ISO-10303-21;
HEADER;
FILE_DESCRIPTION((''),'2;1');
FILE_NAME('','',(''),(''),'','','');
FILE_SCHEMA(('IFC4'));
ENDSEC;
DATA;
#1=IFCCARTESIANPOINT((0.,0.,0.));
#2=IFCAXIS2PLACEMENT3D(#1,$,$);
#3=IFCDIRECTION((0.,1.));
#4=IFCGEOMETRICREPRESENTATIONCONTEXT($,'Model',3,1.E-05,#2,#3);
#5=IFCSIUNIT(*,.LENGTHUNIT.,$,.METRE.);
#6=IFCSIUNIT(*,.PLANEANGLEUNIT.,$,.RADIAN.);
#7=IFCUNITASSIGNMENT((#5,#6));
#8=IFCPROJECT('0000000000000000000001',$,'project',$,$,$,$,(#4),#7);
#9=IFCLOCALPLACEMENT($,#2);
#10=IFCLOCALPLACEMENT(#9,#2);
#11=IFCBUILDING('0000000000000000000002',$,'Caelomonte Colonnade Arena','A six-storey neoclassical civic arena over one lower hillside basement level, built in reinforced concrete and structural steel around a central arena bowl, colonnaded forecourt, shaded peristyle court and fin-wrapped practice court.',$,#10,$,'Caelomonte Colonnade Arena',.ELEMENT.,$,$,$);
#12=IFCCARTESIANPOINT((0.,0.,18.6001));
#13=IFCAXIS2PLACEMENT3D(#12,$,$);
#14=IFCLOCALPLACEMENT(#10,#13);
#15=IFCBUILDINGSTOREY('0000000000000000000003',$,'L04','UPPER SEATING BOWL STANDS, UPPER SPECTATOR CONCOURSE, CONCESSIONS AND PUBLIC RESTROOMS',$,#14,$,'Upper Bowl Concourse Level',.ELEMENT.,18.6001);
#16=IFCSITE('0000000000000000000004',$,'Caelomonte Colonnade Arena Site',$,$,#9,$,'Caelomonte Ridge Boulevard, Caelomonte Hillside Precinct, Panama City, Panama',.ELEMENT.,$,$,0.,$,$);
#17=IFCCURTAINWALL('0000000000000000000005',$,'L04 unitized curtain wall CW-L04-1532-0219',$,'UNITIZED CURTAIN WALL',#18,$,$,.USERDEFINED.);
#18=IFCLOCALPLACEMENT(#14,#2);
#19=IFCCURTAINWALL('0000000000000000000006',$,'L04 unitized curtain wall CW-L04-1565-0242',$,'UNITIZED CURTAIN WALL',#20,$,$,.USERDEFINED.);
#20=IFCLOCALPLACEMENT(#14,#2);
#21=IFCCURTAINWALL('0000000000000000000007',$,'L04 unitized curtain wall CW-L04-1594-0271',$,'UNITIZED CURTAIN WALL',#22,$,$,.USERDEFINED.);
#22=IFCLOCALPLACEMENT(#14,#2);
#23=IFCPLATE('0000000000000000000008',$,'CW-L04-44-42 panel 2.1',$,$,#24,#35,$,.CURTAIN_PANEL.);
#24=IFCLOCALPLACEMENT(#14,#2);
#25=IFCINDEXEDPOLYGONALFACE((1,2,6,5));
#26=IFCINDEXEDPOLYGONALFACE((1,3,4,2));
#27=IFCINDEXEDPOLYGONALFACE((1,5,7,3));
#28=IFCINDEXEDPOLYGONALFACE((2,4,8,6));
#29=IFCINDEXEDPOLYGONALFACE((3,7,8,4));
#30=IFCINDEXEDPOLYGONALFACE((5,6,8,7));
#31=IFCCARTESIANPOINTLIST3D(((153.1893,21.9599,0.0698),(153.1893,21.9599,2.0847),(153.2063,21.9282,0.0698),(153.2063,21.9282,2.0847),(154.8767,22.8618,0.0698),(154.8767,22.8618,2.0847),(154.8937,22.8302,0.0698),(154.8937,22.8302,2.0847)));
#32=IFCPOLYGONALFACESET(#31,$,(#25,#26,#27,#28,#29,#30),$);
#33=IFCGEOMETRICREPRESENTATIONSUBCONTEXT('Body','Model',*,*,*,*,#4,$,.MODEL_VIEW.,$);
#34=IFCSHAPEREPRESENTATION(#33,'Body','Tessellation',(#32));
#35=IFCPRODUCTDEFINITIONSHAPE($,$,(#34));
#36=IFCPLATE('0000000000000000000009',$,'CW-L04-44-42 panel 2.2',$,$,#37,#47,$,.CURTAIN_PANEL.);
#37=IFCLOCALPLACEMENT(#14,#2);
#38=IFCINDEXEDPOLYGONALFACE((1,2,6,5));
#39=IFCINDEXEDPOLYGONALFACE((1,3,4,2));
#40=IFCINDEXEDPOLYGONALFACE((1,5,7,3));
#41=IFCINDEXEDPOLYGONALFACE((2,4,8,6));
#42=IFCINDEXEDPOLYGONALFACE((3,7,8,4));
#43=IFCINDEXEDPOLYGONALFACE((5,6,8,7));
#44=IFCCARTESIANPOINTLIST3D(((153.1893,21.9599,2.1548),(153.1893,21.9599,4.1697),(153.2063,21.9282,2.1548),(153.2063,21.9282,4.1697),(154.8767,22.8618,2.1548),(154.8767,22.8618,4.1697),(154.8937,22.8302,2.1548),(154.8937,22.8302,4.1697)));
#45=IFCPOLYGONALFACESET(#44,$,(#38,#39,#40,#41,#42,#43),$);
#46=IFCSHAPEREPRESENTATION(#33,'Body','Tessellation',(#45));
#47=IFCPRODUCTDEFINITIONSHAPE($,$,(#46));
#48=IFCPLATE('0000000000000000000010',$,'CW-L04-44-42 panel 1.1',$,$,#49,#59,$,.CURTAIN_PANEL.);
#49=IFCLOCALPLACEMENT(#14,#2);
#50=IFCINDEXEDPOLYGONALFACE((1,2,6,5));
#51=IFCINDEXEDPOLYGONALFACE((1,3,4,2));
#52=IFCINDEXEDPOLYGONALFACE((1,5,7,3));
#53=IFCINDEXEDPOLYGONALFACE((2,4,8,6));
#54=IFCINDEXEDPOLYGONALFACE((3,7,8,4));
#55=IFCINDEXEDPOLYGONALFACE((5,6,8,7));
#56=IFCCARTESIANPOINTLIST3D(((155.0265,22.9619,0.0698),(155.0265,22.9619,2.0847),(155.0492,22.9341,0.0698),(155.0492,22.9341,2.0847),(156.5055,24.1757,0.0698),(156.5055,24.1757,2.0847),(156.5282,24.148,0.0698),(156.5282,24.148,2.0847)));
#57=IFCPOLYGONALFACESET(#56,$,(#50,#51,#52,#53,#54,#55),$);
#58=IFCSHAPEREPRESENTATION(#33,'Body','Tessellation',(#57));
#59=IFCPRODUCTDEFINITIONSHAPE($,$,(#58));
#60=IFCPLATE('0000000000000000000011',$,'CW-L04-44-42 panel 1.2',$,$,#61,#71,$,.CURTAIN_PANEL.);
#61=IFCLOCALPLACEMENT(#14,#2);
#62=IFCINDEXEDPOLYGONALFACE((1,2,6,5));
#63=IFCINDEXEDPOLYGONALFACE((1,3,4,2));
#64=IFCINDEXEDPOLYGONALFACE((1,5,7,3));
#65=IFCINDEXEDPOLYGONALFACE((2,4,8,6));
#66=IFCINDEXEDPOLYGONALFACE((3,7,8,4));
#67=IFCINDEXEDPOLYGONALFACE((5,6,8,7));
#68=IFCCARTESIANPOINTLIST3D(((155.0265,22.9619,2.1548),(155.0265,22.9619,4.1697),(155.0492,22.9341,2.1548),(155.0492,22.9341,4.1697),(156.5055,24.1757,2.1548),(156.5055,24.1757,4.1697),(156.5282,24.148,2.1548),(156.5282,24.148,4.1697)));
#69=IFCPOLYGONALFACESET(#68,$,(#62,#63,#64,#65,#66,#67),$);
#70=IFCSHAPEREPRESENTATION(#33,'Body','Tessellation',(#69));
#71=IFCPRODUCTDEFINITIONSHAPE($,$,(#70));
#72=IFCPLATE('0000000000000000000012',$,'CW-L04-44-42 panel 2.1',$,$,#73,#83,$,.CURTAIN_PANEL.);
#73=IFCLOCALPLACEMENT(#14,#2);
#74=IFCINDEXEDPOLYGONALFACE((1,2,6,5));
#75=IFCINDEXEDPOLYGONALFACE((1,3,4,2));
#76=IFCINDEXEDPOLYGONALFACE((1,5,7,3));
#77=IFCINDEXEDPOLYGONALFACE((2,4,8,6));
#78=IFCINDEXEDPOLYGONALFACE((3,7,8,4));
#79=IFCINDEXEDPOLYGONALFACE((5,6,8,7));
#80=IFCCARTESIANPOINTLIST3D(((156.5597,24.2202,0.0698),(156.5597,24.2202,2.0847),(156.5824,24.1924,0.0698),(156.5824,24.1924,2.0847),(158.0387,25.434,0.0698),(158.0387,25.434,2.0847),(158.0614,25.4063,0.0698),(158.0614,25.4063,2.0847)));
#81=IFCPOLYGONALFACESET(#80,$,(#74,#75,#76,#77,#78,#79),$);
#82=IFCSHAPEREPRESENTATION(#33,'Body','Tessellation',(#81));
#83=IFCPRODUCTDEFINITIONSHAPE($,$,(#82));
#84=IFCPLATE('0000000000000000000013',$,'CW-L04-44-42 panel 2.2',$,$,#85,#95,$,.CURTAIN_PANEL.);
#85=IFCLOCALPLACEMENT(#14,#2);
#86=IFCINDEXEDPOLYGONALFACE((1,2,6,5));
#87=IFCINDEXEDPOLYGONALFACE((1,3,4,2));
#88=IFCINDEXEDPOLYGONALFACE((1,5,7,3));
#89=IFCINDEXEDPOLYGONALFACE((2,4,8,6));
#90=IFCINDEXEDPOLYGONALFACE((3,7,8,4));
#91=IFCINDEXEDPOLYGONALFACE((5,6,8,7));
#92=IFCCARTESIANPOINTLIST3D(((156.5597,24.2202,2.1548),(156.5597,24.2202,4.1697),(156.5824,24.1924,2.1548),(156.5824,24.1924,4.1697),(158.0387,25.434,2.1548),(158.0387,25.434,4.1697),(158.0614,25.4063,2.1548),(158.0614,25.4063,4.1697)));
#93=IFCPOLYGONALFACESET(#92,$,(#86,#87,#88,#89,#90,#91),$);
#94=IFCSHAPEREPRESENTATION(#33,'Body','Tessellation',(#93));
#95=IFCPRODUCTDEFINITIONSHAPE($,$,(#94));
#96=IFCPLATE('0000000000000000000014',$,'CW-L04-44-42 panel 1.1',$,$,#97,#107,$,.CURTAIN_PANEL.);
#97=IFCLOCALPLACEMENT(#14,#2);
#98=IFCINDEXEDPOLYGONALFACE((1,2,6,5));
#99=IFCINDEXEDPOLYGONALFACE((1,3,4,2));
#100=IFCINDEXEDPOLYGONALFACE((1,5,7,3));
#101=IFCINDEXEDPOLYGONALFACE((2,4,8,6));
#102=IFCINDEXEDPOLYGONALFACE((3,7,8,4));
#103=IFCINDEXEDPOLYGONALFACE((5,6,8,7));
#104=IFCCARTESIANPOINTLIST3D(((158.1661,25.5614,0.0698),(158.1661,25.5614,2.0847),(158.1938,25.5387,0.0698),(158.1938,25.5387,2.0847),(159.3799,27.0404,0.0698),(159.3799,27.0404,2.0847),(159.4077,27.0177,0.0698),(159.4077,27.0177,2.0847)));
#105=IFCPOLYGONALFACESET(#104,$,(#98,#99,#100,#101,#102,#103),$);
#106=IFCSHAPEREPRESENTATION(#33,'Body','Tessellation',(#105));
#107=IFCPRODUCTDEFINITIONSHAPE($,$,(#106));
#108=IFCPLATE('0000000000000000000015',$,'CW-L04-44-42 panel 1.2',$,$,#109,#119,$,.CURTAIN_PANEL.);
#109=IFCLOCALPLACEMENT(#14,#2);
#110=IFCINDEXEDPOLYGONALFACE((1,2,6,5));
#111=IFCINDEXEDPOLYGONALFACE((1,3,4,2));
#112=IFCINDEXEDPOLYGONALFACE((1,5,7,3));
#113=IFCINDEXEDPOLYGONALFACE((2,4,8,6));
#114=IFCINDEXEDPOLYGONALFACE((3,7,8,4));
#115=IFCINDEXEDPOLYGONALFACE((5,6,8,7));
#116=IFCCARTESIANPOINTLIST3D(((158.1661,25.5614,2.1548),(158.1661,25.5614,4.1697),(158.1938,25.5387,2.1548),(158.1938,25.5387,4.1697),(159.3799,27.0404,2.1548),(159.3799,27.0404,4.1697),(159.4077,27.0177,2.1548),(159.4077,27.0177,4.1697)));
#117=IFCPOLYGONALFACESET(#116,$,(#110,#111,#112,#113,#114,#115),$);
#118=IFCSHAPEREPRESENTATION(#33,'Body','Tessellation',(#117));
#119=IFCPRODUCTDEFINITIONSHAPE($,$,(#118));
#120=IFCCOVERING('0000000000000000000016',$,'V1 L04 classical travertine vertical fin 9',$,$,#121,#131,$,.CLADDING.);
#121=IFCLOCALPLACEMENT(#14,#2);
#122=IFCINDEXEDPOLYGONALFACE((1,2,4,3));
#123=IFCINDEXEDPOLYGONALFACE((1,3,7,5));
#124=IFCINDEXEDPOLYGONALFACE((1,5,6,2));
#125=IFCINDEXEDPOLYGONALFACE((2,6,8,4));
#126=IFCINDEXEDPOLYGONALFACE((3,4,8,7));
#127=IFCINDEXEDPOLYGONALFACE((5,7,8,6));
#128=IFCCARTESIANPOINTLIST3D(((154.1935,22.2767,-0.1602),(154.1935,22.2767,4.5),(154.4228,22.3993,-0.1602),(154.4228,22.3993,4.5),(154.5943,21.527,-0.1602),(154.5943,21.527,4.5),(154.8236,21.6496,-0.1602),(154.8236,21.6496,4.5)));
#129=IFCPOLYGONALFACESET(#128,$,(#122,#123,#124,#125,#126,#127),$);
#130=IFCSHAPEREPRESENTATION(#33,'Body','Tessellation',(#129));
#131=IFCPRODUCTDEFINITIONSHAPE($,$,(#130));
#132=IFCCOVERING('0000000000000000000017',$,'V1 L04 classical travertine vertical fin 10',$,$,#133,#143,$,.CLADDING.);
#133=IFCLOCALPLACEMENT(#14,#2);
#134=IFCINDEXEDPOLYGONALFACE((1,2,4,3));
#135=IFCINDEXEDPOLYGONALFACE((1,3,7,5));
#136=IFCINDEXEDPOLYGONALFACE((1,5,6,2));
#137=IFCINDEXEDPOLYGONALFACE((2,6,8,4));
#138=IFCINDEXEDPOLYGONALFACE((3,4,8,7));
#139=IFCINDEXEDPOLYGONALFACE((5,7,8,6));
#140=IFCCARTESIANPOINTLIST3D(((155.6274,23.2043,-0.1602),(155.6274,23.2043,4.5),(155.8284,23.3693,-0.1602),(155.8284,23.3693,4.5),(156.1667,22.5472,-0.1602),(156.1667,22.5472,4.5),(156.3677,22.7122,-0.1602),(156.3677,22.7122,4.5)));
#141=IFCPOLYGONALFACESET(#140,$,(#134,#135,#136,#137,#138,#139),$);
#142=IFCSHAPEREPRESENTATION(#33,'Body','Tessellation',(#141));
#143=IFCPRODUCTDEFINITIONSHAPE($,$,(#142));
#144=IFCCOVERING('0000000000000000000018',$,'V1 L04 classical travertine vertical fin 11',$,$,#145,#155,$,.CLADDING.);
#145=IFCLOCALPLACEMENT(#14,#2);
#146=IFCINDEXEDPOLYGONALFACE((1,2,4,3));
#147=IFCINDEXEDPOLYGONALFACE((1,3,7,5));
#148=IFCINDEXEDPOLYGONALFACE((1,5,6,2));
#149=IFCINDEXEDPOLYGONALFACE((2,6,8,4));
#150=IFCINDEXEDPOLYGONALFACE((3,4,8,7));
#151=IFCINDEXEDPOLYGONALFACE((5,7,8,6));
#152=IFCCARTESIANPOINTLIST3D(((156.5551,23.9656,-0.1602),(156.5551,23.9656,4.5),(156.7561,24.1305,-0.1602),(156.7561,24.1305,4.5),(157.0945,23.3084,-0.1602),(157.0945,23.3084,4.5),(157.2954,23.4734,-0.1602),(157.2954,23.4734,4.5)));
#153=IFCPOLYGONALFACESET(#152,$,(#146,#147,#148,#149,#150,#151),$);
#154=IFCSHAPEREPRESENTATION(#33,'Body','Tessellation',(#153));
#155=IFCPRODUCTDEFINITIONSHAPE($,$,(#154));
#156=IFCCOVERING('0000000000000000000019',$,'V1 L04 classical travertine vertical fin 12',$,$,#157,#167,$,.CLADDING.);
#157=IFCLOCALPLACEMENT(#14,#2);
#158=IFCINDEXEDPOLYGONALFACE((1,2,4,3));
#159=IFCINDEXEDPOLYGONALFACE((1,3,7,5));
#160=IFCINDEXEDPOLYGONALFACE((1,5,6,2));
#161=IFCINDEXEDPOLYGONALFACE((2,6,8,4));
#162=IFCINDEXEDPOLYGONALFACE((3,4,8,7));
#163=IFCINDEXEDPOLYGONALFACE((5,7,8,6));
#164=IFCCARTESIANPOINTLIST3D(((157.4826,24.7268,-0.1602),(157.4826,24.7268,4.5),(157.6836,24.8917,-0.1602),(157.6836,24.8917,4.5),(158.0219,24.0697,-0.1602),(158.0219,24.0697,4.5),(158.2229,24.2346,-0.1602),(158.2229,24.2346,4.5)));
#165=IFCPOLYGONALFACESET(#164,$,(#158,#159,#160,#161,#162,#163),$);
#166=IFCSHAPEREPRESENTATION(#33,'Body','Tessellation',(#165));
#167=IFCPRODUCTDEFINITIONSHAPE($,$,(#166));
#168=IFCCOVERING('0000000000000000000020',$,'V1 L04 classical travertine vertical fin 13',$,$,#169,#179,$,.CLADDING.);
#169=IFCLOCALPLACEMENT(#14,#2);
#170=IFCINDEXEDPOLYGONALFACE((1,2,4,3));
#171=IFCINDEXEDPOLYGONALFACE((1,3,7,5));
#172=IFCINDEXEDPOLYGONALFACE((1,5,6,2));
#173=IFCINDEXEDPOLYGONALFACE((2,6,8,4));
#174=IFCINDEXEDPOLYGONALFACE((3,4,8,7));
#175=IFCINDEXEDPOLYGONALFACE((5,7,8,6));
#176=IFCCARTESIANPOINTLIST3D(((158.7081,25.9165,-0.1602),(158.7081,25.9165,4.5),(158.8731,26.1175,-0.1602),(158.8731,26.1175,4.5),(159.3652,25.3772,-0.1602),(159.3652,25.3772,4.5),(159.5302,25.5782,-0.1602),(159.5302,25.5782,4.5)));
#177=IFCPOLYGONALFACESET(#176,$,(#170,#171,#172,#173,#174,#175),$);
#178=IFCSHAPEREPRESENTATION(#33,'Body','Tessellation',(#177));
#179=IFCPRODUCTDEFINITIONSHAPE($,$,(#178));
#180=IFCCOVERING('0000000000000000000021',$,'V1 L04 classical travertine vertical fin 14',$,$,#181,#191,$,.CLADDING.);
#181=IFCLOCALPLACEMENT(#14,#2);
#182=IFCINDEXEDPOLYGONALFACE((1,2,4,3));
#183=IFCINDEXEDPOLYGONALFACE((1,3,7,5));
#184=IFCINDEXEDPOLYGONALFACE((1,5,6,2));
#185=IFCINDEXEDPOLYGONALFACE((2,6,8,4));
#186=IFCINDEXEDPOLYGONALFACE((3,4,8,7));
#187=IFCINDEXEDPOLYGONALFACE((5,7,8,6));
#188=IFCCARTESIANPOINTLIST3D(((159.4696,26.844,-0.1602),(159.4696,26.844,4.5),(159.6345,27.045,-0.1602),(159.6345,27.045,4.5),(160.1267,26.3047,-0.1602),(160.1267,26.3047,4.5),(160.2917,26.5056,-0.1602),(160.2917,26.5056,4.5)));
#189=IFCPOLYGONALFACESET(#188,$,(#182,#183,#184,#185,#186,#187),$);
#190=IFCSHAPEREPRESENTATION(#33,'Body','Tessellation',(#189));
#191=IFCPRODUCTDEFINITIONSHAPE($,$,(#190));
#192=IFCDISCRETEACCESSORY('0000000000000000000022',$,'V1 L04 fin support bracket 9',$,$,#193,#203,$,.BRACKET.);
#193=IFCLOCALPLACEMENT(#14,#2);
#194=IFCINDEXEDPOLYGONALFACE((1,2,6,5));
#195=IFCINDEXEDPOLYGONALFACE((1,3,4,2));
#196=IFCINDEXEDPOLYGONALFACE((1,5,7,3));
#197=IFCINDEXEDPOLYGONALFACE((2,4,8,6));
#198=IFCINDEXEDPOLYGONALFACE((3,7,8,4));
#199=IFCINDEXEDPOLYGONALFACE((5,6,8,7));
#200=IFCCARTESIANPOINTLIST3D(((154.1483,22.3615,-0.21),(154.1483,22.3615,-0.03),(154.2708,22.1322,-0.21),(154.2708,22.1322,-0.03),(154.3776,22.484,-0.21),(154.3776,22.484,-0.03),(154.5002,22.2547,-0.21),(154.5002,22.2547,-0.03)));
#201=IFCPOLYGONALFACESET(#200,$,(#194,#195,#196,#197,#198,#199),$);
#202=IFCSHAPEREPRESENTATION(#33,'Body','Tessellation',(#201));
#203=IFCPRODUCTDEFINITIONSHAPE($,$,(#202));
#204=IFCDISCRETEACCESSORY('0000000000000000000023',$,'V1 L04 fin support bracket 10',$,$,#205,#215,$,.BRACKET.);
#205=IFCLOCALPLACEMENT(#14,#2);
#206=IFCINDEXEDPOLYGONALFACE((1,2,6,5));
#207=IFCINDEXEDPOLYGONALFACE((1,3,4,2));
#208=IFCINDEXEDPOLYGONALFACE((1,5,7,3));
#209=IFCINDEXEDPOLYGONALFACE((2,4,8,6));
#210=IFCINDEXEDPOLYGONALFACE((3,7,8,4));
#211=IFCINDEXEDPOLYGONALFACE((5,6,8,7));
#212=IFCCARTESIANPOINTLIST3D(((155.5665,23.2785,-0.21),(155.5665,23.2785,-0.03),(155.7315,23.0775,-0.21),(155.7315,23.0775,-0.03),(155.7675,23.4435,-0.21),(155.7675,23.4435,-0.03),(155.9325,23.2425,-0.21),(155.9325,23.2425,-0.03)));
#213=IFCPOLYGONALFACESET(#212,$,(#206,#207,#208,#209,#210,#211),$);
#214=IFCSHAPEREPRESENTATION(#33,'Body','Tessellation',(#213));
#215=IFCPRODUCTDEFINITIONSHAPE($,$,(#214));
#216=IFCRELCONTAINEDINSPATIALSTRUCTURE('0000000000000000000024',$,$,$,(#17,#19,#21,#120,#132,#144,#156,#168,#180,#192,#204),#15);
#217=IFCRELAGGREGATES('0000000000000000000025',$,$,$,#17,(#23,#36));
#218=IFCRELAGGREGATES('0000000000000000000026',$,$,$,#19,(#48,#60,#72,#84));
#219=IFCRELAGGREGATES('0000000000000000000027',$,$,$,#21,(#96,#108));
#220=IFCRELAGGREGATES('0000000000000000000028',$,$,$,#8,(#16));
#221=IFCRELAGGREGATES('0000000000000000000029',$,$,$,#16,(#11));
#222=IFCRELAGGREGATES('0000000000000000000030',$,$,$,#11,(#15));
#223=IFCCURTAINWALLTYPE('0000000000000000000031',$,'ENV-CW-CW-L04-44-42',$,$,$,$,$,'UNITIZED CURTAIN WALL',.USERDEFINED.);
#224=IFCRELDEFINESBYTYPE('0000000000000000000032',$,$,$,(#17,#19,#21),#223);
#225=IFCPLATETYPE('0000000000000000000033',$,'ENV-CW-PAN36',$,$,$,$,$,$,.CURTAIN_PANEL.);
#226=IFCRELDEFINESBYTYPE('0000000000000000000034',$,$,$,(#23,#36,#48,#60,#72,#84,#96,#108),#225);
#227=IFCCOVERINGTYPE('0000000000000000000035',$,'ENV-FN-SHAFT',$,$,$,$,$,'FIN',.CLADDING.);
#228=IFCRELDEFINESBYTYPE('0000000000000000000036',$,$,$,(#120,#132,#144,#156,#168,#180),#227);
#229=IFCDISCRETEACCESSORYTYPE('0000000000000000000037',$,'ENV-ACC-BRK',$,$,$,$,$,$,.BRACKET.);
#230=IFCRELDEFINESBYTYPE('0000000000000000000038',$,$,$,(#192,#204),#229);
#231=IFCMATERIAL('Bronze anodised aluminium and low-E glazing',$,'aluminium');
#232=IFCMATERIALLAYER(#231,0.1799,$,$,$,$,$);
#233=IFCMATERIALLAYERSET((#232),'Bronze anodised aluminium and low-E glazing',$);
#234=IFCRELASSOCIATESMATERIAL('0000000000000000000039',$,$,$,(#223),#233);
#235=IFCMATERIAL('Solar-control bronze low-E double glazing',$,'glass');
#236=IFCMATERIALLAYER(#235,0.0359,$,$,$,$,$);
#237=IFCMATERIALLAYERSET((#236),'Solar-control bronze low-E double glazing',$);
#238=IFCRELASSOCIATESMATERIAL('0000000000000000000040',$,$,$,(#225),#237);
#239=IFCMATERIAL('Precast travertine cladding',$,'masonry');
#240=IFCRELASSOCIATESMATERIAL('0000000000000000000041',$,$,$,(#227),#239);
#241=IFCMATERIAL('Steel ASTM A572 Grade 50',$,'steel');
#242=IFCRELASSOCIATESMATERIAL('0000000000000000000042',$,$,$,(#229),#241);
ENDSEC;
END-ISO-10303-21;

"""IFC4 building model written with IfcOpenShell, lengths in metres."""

from ifc_helpers import new_model, si_unit, direction, frame, origin, origin_2d, place, context, subcontext, project, spatial, rectangle, extrude, material, layer, layer_set, material_profile, profile_set, type_object, element, aggregate, save


model = new_model("IFC4")

# Units and contexts
model_context = context("Model", 3, precision=1e-05, world=origin(), true_north=direction((0.0, 1.0)))
body_context = subcontext(model_context, "Body", "Model", "MODEL_VIEW")
ifc_project = project(units=[si_unit("LENGTHUNIT", "METRE"), si_unit("PLANEANGLEUNIT", "RADIAN")], contexts=[model_context])

# Site, building, storey
site_placement = place(None, origin())
site = spatial("IfcSite", under=ifc_project, at=site_placement, Name="Caelomonte Colonnade Arena Site", LongName="Caelomonte Ridge Boulevard, Caelomonte Hillside Precinct, Panama City, Panama", CompositionType="ELEMENT", RefElevation=0.0)
building_placement = place(site_placement, origin())
building = spatial("IfcBuilding", under=site, at=building_placement, Name="Caelomonte Colonnade Arena", Description="A six-storey neoclassical civic arena over one lower hillside basement level, built in reinforced concrete and structural steel around a central arena bowl, colonnaded forecourt, shaded peristyle court and fin-wrapped practice court.", LongName="Caelomonte Colonnade Arena", CompositionType="ELEMENT")
storey_placement = place(building_placement, frame((0.0, 0.0, 18.6001)))
storey = spatial("IfcBuildingStorey", under=building, at=storey_placement, Name="L04", Description="UPPER SEATING BOWL STANDS, UPPER SPECTATOR CONCOURSE, CONCESSIONS AND PUBLIC RESTROOMS", LongName="Upper Bowl Concourse Level", CompositionType="ELEMENT", Elevation=18.6001)

# Curtain wall
ifc_material_1 = material(Name="Bronze anodised aluminium and low-E glazing", Category="aluminium")
ifc_layer_1 = layer(ifc_material_1, 0.1799)
ifc_layer_set_1 = layer_set([ifc_layer_1], Name="Bronze anodised aluminium and low-E glazing")
curtain_wall_type = type_object("IfcCurtainWallType", Name="ENV-CW-CW-L04-44-42", ElementType="UNITIZED CURTAIN WALL", PredefinedType="USERDEFINED", material=ifc_layer_set_1)
curtain_wall_1_placement = place(storey_placement, origin())
curtain_wall_1 = element("IfcCurtainWall", 1, at=curtain_wall_1_placement, inside=storey, type_object=curtain_wall_type, Name="L04 unitized curtain wall CW-L04-1532-0219", ObjectType="UNITIZED CURTAIN WALL", PredefinedType="USERDEFINED")

# Curtain wall
curtain_wall_2_placement = place(storey_placement, origin())
curtain_wall_2 = element("IfcCurtainWall", 2, at=curtain_wall_2_placement, inside=storey, type_object=curtain_wall_type, Name="L04 unitized curtain wall CW-L04-1565-0242", ObjectType="UNITIZED CURTAIN WALL", PredefinedType="USERDEFINED")

# Curtain wall
curtain_wall_3_placement = place(storey_placement, origin())
curtain_wall_3 = element("IfcCurtainWall", 3, at=curtain_wall_3_placement, inside=storey, type_object=curtain_wall_type, Name="L04 unitized curtain wall CW-L04-1594-0271", ObjectType="UNITIZED CURTAIN WALL", PredefinedType="USERDEFINED")

# Plates
ifc_material_2 = material(Name="Solar-control bronze low-E double glazing", Category="glass")
ifc_layer_2 = layer(ifc_material_2, 0.0359)
ifc_layer_set_2 = layer_set([ifc_layer_2], Name="Solar-control bronze low-E double glazing")
plate_type = type_object("IfcPlateType", Name="ENV-CW-PAN36", PredefinedType="CURTAIN_PANEL", material=ifc_layer_set_2)
plate_1_placement = place(storey_placement, frame((154.0415, 22.395, 0.0698), z_axis=(0.0, 0.0, 1.0), x_axis=(0.881923, 0.471394, 0.0)))
plate_1 = element("IfcPlate", 4, at=plate_1_placement, type_object=plate_type, Name="CW-L04-44-42 panel 2.1", PredefinedType="CURTAIN_PANEL", context=body_context, shape_type="SweptSolid", body=[
    extrude(rectangle(XDim=1.9133, YDim=0.0359, at=origin_2d()), origin(), (0.0, 0.0, 1.0), 2.0149),
])
plate_2_placement = place(storey_placement, frame((154.0415, 22.395, 2.1548), z_axis=(0.0, 0.0, 1.0), x_axis=(0.881923, 0.471394, 0.0)))
plate_2 = element("IfcPlate", 5, at=plate_2_placement, type_object=plate_type, Name="CW-L04-44-42 panel 2.2", PredefinedType="CURTAIN_PANEL", context=body_context, shape_type="SweptSolid", body=[
    extrude(rectangle(XDim=1.9133, YDim=0.0359, at=origin_2d()), origin(), (0.0, 0.0, 1.0), 2.0149),
])
aggregate(curtain_wall_1, [plate_1, plate_2])
plate_3_placement = place(storey_placement, frame((155.7773, 23.5549, 0.0698), z_axis=(0.0, 0.0, 1.0), x_axis=(0.772992, 0.634416, 0.0)))
plate_3 = element("IfcPlate", 6, at=plate_3_placement, type_object=plate_type, Name="CW-L04-44-42 panel 1.1", PredefinedType="CURTAIN_PANEL", context=body_context, shape_type="SweptSolid", body=[
    extrude(rectangle(XDim=1.9133, YDim=0.0359, at=origin_2d()), origin(), (0.0, 0.0, 1.0), 2.0149),
])
plate_4_placement = place(storey_placement, frame((155.7773, 23.5549, 2.1548), z_axis=(0.0, 0.0, 1.0), x_axis=(0.772992, 0.634416, 0.0)))
plate_4 = element("IfcPlate", 7, at=plate_4_placement, type_object=plate_type, Name="CW-L04-44-42 panel 1.2", PredefinedType="CURTAIN_PANEL", context=body_context, shape_type="SweptSolid", body=[
    extrude(rectangle(XDim=1.9133, YDim=0.0359, at=origin_2d()), origin(), (0.0, 0.0, 1.0), 2.0149),
])
plate_5_placement = place(storey_placement, frame((157.3105, 24.8132, 0.0698), z_axis=(0.0, 0.0, 1.0), x_axis=(0.772992, 0.634416, 0.0)))
plate_5 = element("IfcPlate", 8, at=plate_5_placement, type_object=plate_type, Name="CW-L04-44-42 panel 2.1", PredefinedType="CURTAIN_PANEL", context=body_context, shape_type="SweptSolid", body=[
    extrude(rectangle(XDim=1.9133, YDim=0.0359, at=origin_2d()), origin(), (0.0, 0.0, 1.0), 2.0149),
])
plate_6_placement = place(storey_placement, frame((157.3105, 24.8132, 2.1548), z_axis=(0.0, 0.0, 1.0), x_axis=(0.772992, 0.634416, 0.0)))
plate_6 = element("IfcPlate", 9, at=plate_6_placement, type_object=plate_type, Name="CW-L04-44-42 panel 2.2", PredefinedType="CURTAIN_PANEL", context=body_context, shape_type="SweptSolid", body=[
    extrude(rectangle(XDim=1.9133, YDim=0.0359, at=origin_2d()), origin(), (0.0, 0.0, 1.0), 2.0149),
])
aggregate(curtain_wall_2, [plate_3, plate_4, plate_5, plate_6])
plate_7_placement = place(storey_placement, frame((158.7869, 26.2896, 0.0698), z_axis=(0.0, 0.0, 1.0), x_axis=(0.634416, 0.772992, 0.0)))
plate_7 = element("IfcPlate", 10, at=plate_7_placement, type_object=plate_type, Name="CW-L04-44-42 panel 1.1", PredefinedType="CURTAIN_PANEL", context=body_context, shape_type="SweptSolid", body=[
    extrude(rectangle(XDim=1.9133, YDim=0.0359, at=origin_2d()), origin(), (0.0, 0.0, 1.0), 2.0149),
])
plate_8_placement = place(storey_placement, frame((158.7869, 26.2896, 2.1548), z_axis=(0.0, 0.0, 1.0), x_axis=(0.634416, 0.772992, 0.0)))
plate_8 = element("IfcPlate", 11, at=plate_8_placement, type_object=plate_type, Name="CW-L04-44-42 panel 1.2", PredefinedType="CURTAIN_PANEL", context=body_context, shape_type="SweptSolid", body=[
    extrude(rectangle(XDim=1.9133, YDim=0.0359, at=origin_2d()), origin(), (0.0, 0.0, 1.0), 2.0149),
])
aggregate(curtain_wall_3, [plate_7, plate_8])

# Coverings
ifc_material_3 = material(Name="Precast travertine cladding", Category="masonry")
ifc_material_profile_1 = material_profile(ifc_material_3, rectangle(XDim=0.26, YDim=0.8501, at=origin_2d()), Name="FIN260X850")
ifc_profile_set_1 = profile_set([ifc_material_profile_1], Name="Precast travertine cladding")
covering_type = type_object("IfcCoveringType", Name="ENV-FN-SHAFT", ElementType="FIN", PredefinedType="CLADDING", material=ifc_profile_set_1)
for number, where, z_axis, x_axis, name in (
    (12, (154.5085, 21.9631, -0.1602), (0.0, 0.0, 1.0), (-0.881921, -0.471397, 0.0), "V1 L04 classical travertine vertical fin 9"),
    (13, (155.9976, 22.9583, -0.1602), (0.0, 0.0, 1.0), (-0.772994, -0.634414, 0.0), "V1 L04 classical travertine vertical fin 10"),
    (14, (156.9253, 23.7195, -0.1602), (0.0, 0.0, 1.0), (-0.772994, -0.634414, 0.0), "V1 L04 classical travertine vertical fin 11"),
    (15, (157.8528, 24.4807, -0.1602), (0.0, 0.0, 1.0), (-0.772994, -0.634414, 0.0), "V1 L04 classical travertine vertical fin 12"),
    (16, (159.1191, 25.7473, -0.1602), (0.0, 0.0, 1.0), (-0.634414, -0.772994, 0.0), "V1 L04 classical travertine vertical fin 13"),
    (17, (159.8806, 26.6748, -0.1602), (0.0, 0.0, 1.0), (-0.634414, -0.772994, 0.0), "V1 L04 classical travertine vertical fin 14"),
):
    element("IfcCovering", number, at=place(storey_placement, frame(where, z_axis=z_axis, x_axis=x_axis)), inside=storey, type_object=covering_type, Name=name, PredefinedType="CLADDING", context=body_context, shape_type="SweptSolid", body=[
        extrude(rectangle(XDim=0.26, YDim=0.8501, at=origin_2d()), origin(), (0.0, 0.0, 1.0), 4.6602),
    ])

# Discrete accessories
ifc_material_4 = material(Name="Steel ASTM A572 Grade 50", Category="steel")
discrete_accessory_type = type_object("IfcDiscreteAccessoryType", Name="ENV-ACC-BRK", PredefinedType="BRACKET", material=ifc_material_4)
for number, where, z_axis, x_axis, name in (
    (18, (154.3242, 22.3081, -0.21), (0.0, 0.0, 1.0), (0.881921, 0.471397, 0.0), "V1 L04 fin support bracket 9"),
    (19, (155.7495, 23.2605, -0.21), (0.0, 0.0, 1.0), (0.772994, 0.634414, 0.0), "V1 L04 fin support bracket 10"),
):
    element("IfcDiscreteAccessory", number, at=place(storey_placement, frame(where, z_axis=z_axis, x_axis=x_axis)), inside=storey, type_object=discrete_accessory_type, Name=name, PredefinedType="BRACKET", context=body_context, shape_type="SweptSolid", body=[
        extrude(rectangle(XDim=0.26, YDim=0.26, at=origin_2d()), origin(), (0.0, 0.0, 1.0), 0.1799),
    ])

save(model, "model.ifc")
